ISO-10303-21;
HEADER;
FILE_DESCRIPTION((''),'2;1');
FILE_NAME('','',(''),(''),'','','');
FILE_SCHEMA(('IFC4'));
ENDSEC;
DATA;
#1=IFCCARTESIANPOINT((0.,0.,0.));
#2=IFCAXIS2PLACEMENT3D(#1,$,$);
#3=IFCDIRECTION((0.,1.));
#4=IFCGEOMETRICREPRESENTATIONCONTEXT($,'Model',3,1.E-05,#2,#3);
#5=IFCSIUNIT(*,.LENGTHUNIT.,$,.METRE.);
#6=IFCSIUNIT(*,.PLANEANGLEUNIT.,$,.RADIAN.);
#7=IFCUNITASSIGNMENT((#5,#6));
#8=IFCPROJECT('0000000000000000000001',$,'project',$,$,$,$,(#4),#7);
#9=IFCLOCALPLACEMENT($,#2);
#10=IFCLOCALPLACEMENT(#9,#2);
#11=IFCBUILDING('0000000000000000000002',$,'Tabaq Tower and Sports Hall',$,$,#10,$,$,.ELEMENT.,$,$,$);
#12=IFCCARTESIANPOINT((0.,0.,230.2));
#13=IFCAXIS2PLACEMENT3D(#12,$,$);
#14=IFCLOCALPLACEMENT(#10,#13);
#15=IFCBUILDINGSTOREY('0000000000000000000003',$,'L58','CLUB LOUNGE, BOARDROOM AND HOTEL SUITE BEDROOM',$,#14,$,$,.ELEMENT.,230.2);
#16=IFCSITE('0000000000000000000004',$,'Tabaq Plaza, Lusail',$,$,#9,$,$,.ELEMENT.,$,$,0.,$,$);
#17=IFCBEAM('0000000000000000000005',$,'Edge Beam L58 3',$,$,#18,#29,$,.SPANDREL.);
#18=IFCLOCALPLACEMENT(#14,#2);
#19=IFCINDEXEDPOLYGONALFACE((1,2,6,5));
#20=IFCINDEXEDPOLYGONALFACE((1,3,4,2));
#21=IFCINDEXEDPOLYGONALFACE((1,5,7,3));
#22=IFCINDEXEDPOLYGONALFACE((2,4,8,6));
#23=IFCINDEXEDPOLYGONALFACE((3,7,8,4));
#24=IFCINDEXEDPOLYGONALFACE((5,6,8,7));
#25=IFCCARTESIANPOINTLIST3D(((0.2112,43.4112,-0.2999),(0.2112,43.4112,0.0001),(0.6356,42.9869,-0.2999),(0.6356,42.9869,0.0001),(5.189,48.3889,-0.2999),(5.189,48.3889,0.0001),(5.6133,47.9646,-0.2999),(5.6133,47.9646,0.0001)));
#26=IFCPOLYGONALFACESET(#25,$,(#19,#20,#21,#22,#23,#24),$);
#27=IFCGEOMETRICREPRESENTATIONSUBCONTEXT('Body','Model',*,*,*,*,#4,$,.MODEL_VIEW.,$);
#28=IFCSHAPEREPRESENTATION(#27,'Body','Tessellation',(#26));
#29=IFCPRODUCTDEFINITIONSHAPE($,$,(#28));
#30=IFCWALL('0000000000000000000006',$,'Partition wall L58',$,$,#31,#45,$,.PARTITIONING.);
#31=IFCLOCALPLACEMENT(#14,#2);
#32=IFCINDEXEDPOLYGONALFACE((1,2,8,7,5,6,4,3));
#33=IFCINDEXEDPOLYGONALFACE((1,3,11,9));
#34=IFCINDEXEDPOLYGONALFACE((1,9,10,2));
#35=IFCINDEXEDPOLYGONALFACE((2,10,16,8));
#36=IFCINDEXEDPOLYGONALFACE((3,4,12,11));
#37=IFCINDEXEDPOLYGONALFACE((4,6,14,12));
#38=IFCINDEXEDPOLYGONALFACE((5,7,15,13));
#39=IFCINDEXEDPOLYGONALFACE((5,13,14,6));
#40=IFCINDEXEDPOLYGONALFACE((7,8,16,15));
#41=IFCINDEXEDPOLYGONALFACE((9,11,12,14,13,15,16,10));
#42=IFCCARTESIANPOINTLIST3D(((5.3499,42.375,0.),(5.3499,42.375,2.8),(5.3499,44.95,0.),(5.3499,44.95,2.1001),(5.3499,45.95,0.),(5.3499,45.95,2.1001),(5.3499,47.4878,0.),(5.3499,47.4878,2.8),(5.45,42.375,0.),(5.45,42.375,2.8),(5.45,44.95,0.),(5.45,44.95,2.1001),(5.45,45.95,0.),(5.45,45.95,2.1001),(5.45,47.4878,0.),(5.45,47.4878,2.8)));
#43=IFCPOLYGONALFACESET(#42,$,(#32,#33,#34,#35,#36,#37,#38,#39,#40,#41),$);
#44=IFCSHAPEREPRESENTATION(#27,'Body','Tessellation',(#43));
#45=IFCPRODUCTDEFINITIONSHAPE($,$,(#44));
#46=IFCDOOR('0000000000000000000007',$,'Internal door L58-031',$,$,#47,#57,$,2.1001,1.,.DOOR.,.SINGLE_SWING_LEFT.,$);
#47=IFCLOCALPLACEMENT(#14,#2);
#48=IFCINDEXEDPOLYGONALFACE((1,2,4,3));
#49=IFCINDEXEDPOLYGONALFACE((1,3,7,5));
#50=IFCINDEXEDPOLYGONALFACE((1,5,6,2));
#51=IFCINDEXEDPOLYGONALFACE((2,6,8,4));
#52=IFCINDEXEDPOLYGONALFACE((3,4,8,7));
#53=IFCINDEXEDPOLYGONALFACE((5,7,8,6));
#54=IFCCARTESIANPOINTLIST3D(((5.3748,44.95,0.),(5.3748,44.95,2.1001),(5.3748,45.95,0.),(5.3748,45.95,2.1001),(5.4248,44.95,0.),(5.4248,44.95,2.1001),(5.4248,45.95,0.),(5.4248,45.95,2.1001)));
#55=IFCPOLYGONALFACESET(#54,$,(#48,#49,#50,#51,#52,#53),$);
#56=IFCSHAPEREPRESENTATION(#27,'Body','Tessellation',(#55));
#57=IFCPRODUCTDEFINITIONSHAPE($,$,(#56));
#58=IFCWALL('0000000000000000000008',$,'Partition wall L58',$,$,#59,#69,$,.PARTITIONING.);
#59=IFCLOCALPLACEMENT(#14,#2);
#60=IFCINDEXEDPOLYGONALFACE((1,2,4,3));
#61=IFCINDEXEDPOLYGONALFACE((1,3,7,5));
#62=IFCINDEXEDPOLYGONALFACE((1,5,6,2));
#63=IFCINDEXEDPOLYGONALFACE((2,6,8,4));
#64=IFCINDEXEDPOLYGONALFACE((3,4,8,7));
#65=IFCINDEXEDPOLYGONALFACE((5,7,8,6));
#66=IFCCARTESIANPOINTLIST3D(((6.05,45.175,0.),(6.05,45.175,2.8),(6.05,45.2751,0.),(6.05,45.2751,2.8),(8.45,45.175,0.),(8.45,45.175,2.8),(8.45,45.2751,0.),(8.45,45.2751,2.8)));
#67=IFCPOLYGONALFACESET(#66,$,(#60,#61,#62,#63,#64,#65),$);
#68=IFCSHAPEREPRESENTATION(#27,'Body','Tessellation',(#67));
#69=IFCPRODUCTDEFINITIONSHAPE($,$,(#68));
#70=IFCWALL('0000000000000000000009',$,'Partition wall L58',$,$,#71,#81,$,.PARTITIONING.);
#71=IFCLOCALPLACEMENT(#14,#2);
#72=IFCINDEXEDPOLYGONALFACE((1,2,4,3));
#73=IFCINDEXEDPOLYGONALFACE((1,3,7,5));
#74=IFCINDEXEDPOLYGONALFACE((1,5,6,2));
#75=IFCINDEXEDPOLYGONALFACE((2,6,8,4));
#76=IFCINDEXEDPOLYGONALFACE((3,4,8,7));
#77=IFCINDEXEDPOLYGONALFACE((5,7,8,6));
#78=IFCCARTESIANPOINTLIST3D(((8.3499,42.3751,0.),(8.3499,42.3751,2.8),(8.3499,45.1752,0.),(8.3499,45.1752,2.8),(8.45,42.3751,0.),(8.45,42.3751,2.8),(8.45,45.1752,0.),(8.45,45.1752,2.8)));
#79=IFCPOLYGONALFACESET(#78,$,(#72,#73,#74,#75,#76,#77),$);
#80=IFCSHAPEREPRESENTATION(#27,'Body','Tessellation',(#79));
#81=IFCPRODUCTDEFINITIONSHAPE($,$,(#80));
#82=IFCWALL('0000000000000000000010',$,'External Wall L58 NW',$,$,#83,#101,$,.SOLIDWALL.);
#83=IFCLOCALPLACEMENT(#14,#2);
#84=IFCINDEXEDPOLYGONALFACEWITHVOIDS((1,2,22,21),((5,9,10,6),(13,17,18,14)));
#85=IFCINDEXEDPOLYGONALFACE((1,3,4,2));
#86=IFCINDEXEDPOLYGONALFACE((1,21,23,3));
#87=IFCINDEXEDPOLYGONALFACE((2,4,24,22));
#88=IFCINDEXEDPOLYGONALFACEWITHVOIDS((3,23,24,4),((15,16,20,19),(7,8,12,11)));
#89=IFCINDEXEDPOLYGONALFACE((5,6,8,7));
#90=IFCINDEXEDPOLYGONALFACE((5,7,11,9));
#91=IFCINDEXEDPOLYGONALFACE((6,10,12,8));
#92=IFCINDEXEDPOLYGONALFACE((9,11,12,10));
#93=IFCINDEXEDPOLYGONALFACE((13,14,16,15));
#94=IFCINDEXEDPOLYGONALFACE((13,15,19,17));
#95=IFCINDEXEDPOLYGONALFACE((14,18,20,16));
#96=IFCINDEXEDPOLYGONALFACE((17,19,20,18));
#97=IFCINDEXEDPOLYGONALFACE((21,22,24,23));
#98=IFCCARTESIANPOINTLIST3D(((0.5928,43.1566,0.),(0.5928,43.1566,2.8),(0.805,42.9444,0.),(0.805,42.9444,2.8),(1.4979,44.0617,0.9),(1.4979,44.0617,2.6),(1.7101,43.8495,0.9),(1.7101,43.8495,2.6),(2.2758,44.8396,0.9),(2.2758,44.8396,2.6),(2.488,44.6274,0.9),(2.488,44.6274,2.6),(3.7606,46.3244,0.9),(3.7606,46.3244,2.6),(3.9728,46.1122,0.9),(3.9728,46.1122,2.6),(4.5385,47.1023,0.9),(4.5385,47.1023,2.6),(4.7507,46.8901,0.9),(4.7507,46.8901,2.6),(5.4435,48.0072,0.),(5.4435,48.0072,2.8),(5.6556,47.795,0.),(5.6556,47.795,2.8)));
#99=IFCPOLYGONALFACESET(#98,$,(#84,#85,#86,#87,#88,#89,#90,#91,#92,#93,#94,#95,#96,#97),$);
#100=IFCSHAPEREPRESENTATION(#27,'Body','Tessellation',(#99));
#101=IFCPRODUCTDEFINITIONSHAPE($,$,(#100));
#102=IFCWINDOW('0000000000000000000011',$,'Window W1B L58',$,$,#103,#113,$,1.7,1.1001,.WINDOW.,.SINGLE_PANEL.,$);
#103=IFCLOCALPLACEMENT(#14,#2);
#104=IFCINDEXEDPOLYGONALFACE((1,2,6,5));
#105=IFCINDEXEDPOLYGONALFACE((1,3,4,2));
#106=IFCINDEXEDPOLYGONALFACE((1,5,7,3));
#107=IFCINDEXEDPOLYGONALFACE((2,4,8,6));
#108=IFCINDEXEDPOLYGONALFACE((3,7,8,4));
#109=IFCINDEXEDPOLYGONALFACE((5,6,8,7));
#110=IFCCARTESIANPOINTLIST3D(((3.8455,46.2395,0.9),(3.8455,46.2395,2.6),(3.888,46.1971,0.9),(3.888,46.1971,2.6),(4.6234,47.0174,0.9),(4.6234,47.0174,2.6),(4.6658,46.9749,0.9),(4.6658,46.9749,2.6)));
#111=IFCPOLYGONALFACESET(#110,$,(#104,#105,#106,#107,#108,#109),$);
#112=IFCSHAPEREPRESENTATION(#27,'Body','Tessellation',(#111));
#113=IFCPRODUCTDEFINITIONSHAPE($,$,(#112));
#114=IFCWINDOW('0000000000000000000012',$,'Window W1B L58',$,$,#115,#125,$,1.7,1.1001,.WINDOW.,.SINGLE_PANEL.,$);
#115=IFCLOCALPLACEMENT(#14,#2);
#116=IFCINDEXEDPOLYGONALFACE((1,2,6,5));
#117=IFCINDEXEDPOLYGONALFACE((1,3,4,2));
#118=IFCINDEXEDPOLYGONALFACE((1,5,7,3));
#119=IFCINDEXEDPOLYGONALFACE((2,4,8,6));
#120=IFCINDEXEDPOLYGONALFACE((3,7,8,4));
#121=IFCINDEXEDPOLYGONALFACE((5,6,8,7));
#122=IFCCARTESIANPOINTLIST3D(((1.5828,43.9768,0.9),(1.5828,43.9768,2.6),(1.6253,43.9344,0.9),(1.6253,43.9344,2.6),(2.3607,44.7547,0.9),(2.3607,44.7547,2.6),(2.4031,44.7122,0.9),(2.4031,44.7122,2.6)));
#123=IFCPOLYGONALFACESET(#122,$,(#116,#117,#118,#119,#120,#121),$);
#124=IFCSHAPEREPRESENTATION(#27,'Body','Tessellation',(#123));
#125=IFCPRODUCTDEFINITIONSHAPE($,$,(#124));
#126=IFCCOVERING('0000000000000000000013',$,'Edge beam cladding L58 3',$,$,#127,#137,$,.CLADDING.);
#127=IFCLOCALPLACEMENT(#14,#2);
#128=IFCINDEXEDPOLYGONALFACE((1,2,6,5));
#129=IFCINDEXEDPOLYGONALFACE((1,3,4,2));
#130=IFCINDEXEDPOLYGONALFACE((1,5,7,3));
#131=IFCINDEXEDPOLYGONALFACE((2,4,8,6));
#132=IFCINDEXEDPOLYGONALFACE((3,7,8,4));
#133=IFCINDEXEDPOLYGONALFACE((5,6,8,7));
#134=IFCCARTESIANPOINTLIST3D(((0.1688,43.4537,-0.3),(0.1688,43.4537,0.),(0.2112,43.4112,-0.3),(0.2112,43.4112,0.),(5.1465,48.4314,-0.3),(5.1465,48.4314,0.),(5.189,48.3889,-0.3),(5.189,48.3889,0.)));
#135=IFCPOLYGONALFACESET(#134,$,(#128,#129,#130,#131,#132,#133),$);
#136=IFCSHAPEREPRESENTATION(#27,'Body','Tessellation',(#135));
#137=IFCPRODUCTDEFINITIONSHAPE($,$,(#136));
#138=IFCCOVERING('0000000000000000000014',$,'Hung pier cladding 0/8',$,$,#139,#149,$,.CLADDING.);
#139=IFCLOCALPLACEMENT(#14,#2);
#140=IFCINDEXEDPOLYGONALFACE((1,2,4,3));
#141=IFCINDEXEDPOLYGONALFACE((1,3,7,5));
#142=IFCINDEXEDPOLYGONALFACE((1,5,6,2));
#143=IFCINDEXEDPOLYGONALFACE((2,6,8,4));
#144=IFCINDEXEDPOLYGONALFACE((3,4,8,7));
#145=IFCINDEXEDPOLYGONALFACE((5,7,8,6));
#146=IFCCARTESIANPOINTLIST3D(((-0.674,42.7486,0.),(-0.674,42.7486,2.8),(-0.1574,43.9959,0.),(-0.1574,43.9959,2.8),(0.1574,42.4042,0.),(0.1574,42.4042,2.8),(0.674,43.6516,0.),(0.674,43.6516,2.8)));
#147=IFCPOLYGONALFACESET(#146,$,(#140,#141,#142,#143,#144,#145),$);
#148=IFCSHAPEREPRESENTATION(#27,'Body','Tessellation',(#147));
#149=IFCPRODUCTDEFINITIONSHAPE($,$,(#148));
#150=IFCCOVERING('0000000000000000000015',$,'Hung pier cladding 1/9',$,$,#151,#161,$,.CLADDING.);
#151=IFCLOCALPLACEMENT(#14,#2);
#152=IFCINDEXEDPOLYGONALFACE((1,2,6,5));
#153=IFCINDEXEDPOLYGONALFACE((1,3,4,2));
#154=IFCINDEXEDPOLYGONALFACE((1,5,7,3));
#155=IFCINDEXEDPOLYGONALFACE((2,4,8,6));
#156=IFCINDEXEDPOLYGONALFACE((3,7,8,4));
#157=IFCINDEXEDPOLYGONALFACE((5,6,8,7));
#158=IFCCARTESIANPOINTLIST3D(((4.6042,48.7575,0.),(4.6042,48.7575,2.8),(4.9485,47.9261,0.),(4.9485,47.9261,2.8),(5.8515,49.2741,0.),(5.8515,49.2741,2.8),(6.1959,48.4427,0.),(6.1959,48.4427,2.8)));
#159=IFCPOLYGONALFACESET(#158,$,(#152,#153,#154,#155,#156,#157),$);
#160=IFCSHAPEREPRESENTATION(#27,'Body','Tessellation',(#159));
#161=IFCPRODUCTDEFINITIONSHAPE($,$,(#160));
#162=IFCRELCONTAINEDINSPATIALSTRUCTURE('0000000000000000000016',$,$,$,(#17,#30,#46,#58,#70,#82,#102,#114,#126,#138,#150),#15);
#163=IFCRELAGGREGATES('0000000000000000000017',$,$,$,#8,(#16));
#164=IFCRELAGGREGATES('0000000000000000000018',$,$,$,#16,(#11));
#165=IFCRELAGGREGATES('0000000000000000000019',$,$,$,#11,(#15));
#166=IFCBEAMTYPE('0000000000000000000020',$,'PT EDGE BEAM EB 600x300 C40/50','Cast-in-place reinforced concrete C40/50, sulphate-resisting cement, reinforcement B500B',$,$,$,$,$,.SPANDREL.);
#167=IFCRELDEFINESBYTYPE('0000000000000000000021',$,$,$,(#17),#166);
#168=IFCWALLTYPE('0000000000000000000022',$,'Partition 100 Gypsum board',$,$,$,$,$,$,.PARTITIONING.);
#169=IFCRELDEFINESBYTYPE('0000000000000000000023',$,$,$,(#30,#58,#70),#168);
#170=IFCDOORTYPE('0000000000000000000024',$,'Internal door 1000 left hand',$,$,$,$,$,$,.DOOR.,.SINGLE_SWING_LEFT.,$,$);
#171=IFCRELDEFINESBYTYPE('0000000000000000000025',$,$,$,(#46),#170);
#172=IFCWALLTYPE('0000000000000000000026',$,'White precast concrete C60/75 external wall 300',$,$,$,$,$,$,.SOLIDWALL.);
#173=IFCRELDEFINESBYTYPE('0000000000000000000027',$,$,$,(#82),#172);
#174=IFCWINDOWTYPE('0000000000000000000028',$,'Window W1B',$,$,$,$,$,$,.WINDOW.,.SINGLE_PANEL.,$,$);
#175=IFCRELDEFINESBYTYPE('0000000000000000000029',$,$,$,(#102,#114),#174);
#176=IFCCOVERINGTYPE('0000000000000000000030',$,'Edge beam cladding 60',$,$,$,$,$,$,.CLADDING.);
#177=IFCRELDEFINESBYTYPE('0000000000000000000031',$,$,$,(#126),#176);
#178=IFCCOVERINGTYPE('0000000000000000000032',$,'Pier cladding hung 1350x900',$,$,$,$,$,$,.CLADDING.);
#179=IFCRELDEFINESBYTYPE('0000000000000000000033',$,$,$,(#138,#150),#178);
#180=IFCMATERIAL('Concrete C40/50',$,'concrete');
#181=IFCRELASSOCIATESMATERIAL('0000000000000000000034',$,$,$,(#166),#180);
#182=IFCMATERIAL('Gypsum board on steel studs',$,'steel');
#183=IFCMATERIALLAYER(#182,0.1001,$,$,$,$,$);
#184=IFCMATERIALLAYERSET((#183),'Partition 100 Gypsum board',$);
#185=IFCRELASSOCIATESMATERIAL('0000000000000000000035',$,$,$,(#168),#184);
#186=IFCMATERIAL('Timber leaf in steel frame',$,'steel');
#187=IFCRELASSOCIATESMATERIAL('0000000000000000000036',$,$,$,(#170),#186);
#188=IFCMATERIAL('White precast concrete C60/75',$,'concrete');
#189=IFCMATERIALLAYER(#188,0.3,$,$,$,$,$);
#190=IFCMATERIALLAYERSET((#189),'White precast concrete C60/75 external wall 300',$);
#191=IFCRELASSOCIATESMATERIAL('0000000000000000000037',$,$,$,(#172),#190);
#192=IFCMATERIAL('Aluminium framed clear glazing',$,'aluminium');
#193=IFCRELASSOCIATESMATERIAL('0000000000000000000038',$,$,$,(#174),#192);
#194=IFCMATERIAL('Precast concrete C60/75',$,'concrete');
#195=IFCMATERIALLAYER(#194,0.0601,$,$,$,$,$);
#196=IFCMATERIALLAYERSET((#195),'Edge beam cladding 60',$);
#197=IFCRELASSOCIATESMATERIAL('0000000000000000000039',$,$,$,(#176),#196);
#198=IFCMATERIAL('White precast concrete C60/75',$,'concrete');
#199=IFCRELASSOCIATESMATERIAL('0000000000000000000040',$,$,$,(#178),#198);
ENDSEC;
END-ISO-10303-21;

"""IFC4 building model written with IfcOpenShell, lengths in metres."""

from ifc_helpers import new_model, si_unit, direction, frame, frame_2d, origin, origin_2d, place, context, subcontext, project, spatial, rectangle, extrude, material, layer, layer_set, material_profile, profile_set, type_object, element, fill, save


model = new_model("IFC4")

# Units and contexts
model_context = context("Model", 3, precision=1e-05, world=origin(), true_north=direction((0.0, 1.0)))
body_context = subcontext(model_context, "Body", "Model", "MODEL_VIEW")
ifc_project = project(units=[si_unit("LENGTHUNIT", "METRE"), si_unit("PLANEANGLEUNIT", "RADIAN")], contexts=[model_context])

# Site, building, storey
site_placement = place(None, origin())
site = spatial("IfcSite", under=ifc_project, at=site_placement, Name="Tabaq Plaza, Lusail", CompositionType="ELEMENT", RefElevation=0.0)
building_placement = place(site_placement, origin())
building = spatial("IfcBuilding", under=site, at=building_placement, Name="Tabaq Tower and Sports Hall", CompositionType="ELEMENT")
storey_placement = place(building_placement, frame((0.0, 0.0, 230.2)))
storey = spatial("IfcBuildingStorey", under=building, at=storey_placement, Name="L58", Description="CLUB LOUNGE, BOARDROOM AND HOTEL SUITE BEDROOM", CompositionType="ELEMENT", Elevation=230.2)

# Beam
ifc_material_1 = material(Name="Concrete C40/50", Category="concrete")
ifc_material_profile = material_profile(ifc_material_1, rectangle(XDim=0.6001, YDim=0.3, at=origin_2d()), Name="EB 600x300")
ifc_profile_set = profile_set([ifc_material_profile], Name="Concrete C40/50")
beam_type = type_object("IfcBeamType", Name="PT EDGE BEAM EB 600x300 C40/50", Description="Cast-in-place reinforced concrete C40/50, sulphate-resisting cement, reinforcement B500B", PredefinedType="SPANDREL", material=ifc_profile_set)
beam_placement = place(storey_placement, frame((5.4011, 48.1768, -0.1499), z_axis=(-0.707107, -0.707107, 0.0), x_axis=(0.707107, -0.707107, 0.0)))
element("IfcBeam", 1, at=beam_placement, inside=storey, type_object=beam_type, Name="Edge Beam L58 3", PredefinedType="SPANDREL", context=body_context, shape_type="SweptSolid", body=[
    extrude(rectangle(XDim=0.6001, YDim=0.3, at=origin_2d()), origin(), (0.0, 0.0, 1.0), 7.0396),
])

# Wall, opening, door
ifc_material_2 = material(Name="Gypsum board on steel studs", Category="steel")
ifc_layer_1 = layer(ifc_material_2, 0.1001)
ifc_layer_set_1 = layer_set([ifc_layer_1], Name="Partition 100 Gypsum board")
wall_type_1 = type_object("IfcWallType", Name="Partition 100 Gypsum board", PredefinedType="PARTITIONING", material=ifc_layer_set_1)
wall_1_placement = place(storey_placement, frame((5.3999, 47.4878, 0.0), z_axis=(0.0, 0.0, 1.0), x_axis=(0.0, -1.0, 0.0)))
wall_1 = element("IfcWall", 2, at=wall_1_placement, inside=storey, type_object=wall_type_1, Name="Partition wall L58", PredefinedType="PARTITIONING", context=body_context, shape_type="SweptSolid", body=[
    extrude(rectangle(XDim=5.1128, YDim=0.1001, at=frame_2d((2.5564, 0.0))), origin(), (0.0, 0.0, 1.0), 2.8),
])
opening_1_placement = place(wall_1_placement, frame((1.5378, 0.0, 0.0)))
opening_1 = element("IfcOpeningElement", 3, at=opening_1_placement, cuts=wall_1, PredefinedType="OPENING", context=body_context, shape_type="SweptSolid", body=[
    extrude(rectangle(XDim=1.0, YDim=2.1001, at=frame_2d((0.5, 1.05))), frame((0.0, 0.05, 0.0), z_axis=(0.0, -1.0, 0.0), x_axis=(1.0, 0.0, 0.0)), (0.0, 0.0, 1.0), 0.1001),
])
ifc_material_3 = material(Name="Timber leaf in steel frame", Category="steel")
door_type = type_object("IfcDoorType", Name="Internal door 1000 left hand", OperationType="SINGLE_SWING_LEFT", PredefinedType="DOOR", material=ifc_material_3)
door_placement = place(opening_1_placement, origin())
door = element("IfcDoor", 4, at=door_placement, inside=storey, type_object=door_type, Name="Internal door L58-031", OperationType="SINGLE_SWING_LEFT", OverallHeight=2.1001, OverallWidth=1.0, PredefinedType="DOOR", context=body_context, shape_type="SweptSolid", body=[
    extrude(rectangle(XDim=1.0, YDim=2.1001, at=frame_2d((0.5, 1.05))), frame((0.0, 0.0249, 0.0), z_axis=(0.0, -1.0, 0.0), x_axis=(1.0, 0.0, 0.0)), (0.0, 0.0, 1.0), 0.05),
])
fill(opening_1, door)

# Walls
wall_2_placement = place(storey_placement, frame((6.05, 45.2251, 0.0), z_axis=(0.0, 0.0, 1.0), x_axis=(1.0, 0.0, 0.0)))
element("IfcWall", 5, at=wall_2_placement, inside=storey, type_object=wall_type_1, Name="Partition wall L58", PredefinedType="PARTITIONING", context=body_context, shape_type="SweptSolid", body=[
    extrude(rectangle(XDim=2.3999, YDim=0.1001, at=frame_2d((1.2, 0.0))), origin(), (0.0, 0.0, 1.0), 2.8),
])
wall_3_placement = place(storey_placement, frame((8.3999, 45.175, 0.0), z_axis=(0.0, 0.0, 1.0), x_axis=(0.0, -1.0, 0.0)))
element("IfcWall", 6, at=wall_3_placement, inside=storey, type_object=wall_type_1, Name="Partition wall L58", PredefinedType="PARTITIONING", context=body_context, shape_type="SweptSolid", body=[
    extrude(rectangle(XDim=2.8, YDim=0.1001, at=frame_2d((1.3999, 0.0))), origin(), (0.0, 0.0, 1.0), 2.8),
])

# Wall, openings, windows
ifc_material_4 = material(Name="White precast concrete C60/75", Category="concrete")
ifc_layer_2 = layer(ifc_material_4, 0.3)
ifc_layer_set_2 = layer_set([ifc_layer_2], Name="White precast concrete C60/75 external wall 300")
wall_type_2 = type_object("IfcWallType", Name="White precast concrete C60/75 external wall 300", PredefinedType="SOLIDWALL", material=ifc_layer_set_2)
wall_4_placement = place(storey_placement, frame((5.5496, 47.9011, 0.0), z_axis=(0.0, 0.0, 1.0), x_axis=(-0.707107, -0.707107, 0.0)))
wall_4 = element("IfcWall", 7, at=wall_4_placement, inside=storey, type_object=wall_type_2, Name="External Wall L58 NW", PredefinedType="SOLIDWALL", context=body_context, shape_type="SweptSolid", body=[
    extrude(rectangle(XDim=6.8599, YDim=0.3, at=frame_2d((3.4299, 0.0))), origin(), (0.0, 0.0, 1.0), 2.8),
])
opening_2_placement = place(wall_4_placement, frame((1.2798, 0.0, 0.8999)))
opening_2 = element("IfcOpeningElement", 8, at=opening_2_placement, cuts=wall_4, PredefinedType="OPENING", context=body_context, shape_type="SweptSolid", body=[
    extrude(rectangle(XDim=1.1001, YDim=1.7, at=frame_2d((0.55, 0.8501))), frame((0.0, 0.1602, 0.0), z_axis=(0.0, -1.0, 0.0), x_axis=(1.0, 0.0, 0.0)), (0.0, 0.0, 1.0), 0.3201),
])
opening_3_placement = place(wall_4_placement, frame((4.4797, 0.0, 0.8999)))
opening_3 = element("IfcOpeningElement", 9, at=opening_3_placement, cuts=wall_4, PredefinedType="OPENING", context=body_context, shape_type="SweptSolid", body=[
    extrude(rectangle(XDim=1.1001, YDim=1.7, at=frame_2d((0.55, 0.8501))), frame((0.0, 0.1602, 0.0), z_axis=(0.0, -1.0, 0.0), x_axis=(1.0, 0.0, 0.0)), (0.0, 0.0, 1.0), 0.3201),
])
ifc_material_5 = material(Name="Aluminium framed clear glazing", Category="aluminium")
window_type_1 = type_object("IfcWindowType", Name="Window W1B", PartitioningType="SINGLE_PANEL", PredefinedType="WINDOW", material=ifc_material_5)
window_1_placement = place(opening_2_placement, origin())
window_1 = element("IfcWindow", 10, at=window_1_placement, inside=storey, type_object=window_type_1, Name="Window W1B L58", OverallHeight=1.7, OverallWidth=1.1001, PartitioningType="SINGLE_PANEL", PredefinedType="WINDOW", context=body_context, shape_type="SweptSolid", body=[
    extrude(rectangle(XDim=1.1001, YDim=1.7, at=frame_2d((0.55, 0.8501))), frame((0.0, 0.03, 0.0), z_axis=(0.0, -1.0, 0.0), x_axis=(1.0, 0.0, 0.0)), (0.0, 0.0, 1.0), 0.0601),
])
fill(opening_2, window_1)
window_2_placement = place(opening_3_placement, origin())
window_2 = element("IfcWindow", 11, at=window_2_placement, inside=storey, type_object=window_type_1, Name="Window W1B L58", OverallHeight=1.7, OverallWidth=1.1001, PartitioningType="SINGLE_PANEL", PredefinedType="WINDOW", context=body_context, shape_type="SweptSolid", body=[
    extrude(rectangle(XDim=1.1001, YDim=1.7, at=frame_2d((0.55, 0.8501))), frame((0.0, 0.03, 0.0), z_axis=(0.0, -1.0, 0.0), x_axis=(1.0, 0.0, 0.0)), (0.0, 0.0, 1.0), 0.0601),
])
fill(opening_3, window_2)

# Coverings
ifc_material_6 = material(Name="Precast concrete C60/75", Category="concrete")
ifc_layer_3 = layer(ifc_material_6, 0.0601)
ifc_layer_set_3 = layer_set([ifc_layer_3], Name="Edge beam cladding 60")
covering_type_1 = type_object("IfcCoveringType", Name="Edge beam cladding 60", PredefinedType="CLADDING", material=ifc_layer_set_3)
covering_1_placement = place(storey_placement, frame((5.1677, 48.4102, -0.3), z_axis=(0.0, 0.0, 1.0), x_axis=(-0.707107, -0.707107, 0.0)))
element("IfcCovering", 12, at=covering_1_placement, inside=storey, type_object=covering_type_1, Name="Edge beam cladding L58 3", PredefinedType="CLADDING", context=body_context, shape_type="SweptSolid", body=[
    extrude(rectangle(XDim=7.0396, YDim=0.0601, at=frame_2d((3.5198, 0.0))), origin(), (0.0, 0.0, 1.0), 0.3),
])
ifc_material_7 = material(Name="White precast concrete C60/75", Category="concrete")
covering_type_2 = type_object("IfcCoveringType", Name="Pier cladding hung 1350x900", PredefinedType="CLADDING", material=ifc_material_7)
for number, where, z_axis, x_axis, name in (
    (13, (0.2583, 43.8237, 0.0), (0.0, 0.0, 1.0), (-0.38265, -0.923893, 0.0), "Hung pier cladding 0/8"),
    (14, (6.0237, 48.8584, 0.0), (0.0, 0.0, 1.0), (-0.923893, -0.38265, 0.0), "Hung pier cladding 1/9"),
):
    element("IfcCovering", number, at=place(storey_placement, frame(where, z_axis=z_axis, x_axis=x_axis)), inside=storey, type_object=covering_type_2, Name=name, PredefinedType="CLADDING", context=body_context, shape_type="SweptSolid", body=[
        extrude(rectangle(XDim=1.3501, YDim=0.8999, at=frame_2d((0.675, 0.0))), origin(), (0.0, 0.0, 1.0), 2.8),
    ])

save(model, "model.ifc")
